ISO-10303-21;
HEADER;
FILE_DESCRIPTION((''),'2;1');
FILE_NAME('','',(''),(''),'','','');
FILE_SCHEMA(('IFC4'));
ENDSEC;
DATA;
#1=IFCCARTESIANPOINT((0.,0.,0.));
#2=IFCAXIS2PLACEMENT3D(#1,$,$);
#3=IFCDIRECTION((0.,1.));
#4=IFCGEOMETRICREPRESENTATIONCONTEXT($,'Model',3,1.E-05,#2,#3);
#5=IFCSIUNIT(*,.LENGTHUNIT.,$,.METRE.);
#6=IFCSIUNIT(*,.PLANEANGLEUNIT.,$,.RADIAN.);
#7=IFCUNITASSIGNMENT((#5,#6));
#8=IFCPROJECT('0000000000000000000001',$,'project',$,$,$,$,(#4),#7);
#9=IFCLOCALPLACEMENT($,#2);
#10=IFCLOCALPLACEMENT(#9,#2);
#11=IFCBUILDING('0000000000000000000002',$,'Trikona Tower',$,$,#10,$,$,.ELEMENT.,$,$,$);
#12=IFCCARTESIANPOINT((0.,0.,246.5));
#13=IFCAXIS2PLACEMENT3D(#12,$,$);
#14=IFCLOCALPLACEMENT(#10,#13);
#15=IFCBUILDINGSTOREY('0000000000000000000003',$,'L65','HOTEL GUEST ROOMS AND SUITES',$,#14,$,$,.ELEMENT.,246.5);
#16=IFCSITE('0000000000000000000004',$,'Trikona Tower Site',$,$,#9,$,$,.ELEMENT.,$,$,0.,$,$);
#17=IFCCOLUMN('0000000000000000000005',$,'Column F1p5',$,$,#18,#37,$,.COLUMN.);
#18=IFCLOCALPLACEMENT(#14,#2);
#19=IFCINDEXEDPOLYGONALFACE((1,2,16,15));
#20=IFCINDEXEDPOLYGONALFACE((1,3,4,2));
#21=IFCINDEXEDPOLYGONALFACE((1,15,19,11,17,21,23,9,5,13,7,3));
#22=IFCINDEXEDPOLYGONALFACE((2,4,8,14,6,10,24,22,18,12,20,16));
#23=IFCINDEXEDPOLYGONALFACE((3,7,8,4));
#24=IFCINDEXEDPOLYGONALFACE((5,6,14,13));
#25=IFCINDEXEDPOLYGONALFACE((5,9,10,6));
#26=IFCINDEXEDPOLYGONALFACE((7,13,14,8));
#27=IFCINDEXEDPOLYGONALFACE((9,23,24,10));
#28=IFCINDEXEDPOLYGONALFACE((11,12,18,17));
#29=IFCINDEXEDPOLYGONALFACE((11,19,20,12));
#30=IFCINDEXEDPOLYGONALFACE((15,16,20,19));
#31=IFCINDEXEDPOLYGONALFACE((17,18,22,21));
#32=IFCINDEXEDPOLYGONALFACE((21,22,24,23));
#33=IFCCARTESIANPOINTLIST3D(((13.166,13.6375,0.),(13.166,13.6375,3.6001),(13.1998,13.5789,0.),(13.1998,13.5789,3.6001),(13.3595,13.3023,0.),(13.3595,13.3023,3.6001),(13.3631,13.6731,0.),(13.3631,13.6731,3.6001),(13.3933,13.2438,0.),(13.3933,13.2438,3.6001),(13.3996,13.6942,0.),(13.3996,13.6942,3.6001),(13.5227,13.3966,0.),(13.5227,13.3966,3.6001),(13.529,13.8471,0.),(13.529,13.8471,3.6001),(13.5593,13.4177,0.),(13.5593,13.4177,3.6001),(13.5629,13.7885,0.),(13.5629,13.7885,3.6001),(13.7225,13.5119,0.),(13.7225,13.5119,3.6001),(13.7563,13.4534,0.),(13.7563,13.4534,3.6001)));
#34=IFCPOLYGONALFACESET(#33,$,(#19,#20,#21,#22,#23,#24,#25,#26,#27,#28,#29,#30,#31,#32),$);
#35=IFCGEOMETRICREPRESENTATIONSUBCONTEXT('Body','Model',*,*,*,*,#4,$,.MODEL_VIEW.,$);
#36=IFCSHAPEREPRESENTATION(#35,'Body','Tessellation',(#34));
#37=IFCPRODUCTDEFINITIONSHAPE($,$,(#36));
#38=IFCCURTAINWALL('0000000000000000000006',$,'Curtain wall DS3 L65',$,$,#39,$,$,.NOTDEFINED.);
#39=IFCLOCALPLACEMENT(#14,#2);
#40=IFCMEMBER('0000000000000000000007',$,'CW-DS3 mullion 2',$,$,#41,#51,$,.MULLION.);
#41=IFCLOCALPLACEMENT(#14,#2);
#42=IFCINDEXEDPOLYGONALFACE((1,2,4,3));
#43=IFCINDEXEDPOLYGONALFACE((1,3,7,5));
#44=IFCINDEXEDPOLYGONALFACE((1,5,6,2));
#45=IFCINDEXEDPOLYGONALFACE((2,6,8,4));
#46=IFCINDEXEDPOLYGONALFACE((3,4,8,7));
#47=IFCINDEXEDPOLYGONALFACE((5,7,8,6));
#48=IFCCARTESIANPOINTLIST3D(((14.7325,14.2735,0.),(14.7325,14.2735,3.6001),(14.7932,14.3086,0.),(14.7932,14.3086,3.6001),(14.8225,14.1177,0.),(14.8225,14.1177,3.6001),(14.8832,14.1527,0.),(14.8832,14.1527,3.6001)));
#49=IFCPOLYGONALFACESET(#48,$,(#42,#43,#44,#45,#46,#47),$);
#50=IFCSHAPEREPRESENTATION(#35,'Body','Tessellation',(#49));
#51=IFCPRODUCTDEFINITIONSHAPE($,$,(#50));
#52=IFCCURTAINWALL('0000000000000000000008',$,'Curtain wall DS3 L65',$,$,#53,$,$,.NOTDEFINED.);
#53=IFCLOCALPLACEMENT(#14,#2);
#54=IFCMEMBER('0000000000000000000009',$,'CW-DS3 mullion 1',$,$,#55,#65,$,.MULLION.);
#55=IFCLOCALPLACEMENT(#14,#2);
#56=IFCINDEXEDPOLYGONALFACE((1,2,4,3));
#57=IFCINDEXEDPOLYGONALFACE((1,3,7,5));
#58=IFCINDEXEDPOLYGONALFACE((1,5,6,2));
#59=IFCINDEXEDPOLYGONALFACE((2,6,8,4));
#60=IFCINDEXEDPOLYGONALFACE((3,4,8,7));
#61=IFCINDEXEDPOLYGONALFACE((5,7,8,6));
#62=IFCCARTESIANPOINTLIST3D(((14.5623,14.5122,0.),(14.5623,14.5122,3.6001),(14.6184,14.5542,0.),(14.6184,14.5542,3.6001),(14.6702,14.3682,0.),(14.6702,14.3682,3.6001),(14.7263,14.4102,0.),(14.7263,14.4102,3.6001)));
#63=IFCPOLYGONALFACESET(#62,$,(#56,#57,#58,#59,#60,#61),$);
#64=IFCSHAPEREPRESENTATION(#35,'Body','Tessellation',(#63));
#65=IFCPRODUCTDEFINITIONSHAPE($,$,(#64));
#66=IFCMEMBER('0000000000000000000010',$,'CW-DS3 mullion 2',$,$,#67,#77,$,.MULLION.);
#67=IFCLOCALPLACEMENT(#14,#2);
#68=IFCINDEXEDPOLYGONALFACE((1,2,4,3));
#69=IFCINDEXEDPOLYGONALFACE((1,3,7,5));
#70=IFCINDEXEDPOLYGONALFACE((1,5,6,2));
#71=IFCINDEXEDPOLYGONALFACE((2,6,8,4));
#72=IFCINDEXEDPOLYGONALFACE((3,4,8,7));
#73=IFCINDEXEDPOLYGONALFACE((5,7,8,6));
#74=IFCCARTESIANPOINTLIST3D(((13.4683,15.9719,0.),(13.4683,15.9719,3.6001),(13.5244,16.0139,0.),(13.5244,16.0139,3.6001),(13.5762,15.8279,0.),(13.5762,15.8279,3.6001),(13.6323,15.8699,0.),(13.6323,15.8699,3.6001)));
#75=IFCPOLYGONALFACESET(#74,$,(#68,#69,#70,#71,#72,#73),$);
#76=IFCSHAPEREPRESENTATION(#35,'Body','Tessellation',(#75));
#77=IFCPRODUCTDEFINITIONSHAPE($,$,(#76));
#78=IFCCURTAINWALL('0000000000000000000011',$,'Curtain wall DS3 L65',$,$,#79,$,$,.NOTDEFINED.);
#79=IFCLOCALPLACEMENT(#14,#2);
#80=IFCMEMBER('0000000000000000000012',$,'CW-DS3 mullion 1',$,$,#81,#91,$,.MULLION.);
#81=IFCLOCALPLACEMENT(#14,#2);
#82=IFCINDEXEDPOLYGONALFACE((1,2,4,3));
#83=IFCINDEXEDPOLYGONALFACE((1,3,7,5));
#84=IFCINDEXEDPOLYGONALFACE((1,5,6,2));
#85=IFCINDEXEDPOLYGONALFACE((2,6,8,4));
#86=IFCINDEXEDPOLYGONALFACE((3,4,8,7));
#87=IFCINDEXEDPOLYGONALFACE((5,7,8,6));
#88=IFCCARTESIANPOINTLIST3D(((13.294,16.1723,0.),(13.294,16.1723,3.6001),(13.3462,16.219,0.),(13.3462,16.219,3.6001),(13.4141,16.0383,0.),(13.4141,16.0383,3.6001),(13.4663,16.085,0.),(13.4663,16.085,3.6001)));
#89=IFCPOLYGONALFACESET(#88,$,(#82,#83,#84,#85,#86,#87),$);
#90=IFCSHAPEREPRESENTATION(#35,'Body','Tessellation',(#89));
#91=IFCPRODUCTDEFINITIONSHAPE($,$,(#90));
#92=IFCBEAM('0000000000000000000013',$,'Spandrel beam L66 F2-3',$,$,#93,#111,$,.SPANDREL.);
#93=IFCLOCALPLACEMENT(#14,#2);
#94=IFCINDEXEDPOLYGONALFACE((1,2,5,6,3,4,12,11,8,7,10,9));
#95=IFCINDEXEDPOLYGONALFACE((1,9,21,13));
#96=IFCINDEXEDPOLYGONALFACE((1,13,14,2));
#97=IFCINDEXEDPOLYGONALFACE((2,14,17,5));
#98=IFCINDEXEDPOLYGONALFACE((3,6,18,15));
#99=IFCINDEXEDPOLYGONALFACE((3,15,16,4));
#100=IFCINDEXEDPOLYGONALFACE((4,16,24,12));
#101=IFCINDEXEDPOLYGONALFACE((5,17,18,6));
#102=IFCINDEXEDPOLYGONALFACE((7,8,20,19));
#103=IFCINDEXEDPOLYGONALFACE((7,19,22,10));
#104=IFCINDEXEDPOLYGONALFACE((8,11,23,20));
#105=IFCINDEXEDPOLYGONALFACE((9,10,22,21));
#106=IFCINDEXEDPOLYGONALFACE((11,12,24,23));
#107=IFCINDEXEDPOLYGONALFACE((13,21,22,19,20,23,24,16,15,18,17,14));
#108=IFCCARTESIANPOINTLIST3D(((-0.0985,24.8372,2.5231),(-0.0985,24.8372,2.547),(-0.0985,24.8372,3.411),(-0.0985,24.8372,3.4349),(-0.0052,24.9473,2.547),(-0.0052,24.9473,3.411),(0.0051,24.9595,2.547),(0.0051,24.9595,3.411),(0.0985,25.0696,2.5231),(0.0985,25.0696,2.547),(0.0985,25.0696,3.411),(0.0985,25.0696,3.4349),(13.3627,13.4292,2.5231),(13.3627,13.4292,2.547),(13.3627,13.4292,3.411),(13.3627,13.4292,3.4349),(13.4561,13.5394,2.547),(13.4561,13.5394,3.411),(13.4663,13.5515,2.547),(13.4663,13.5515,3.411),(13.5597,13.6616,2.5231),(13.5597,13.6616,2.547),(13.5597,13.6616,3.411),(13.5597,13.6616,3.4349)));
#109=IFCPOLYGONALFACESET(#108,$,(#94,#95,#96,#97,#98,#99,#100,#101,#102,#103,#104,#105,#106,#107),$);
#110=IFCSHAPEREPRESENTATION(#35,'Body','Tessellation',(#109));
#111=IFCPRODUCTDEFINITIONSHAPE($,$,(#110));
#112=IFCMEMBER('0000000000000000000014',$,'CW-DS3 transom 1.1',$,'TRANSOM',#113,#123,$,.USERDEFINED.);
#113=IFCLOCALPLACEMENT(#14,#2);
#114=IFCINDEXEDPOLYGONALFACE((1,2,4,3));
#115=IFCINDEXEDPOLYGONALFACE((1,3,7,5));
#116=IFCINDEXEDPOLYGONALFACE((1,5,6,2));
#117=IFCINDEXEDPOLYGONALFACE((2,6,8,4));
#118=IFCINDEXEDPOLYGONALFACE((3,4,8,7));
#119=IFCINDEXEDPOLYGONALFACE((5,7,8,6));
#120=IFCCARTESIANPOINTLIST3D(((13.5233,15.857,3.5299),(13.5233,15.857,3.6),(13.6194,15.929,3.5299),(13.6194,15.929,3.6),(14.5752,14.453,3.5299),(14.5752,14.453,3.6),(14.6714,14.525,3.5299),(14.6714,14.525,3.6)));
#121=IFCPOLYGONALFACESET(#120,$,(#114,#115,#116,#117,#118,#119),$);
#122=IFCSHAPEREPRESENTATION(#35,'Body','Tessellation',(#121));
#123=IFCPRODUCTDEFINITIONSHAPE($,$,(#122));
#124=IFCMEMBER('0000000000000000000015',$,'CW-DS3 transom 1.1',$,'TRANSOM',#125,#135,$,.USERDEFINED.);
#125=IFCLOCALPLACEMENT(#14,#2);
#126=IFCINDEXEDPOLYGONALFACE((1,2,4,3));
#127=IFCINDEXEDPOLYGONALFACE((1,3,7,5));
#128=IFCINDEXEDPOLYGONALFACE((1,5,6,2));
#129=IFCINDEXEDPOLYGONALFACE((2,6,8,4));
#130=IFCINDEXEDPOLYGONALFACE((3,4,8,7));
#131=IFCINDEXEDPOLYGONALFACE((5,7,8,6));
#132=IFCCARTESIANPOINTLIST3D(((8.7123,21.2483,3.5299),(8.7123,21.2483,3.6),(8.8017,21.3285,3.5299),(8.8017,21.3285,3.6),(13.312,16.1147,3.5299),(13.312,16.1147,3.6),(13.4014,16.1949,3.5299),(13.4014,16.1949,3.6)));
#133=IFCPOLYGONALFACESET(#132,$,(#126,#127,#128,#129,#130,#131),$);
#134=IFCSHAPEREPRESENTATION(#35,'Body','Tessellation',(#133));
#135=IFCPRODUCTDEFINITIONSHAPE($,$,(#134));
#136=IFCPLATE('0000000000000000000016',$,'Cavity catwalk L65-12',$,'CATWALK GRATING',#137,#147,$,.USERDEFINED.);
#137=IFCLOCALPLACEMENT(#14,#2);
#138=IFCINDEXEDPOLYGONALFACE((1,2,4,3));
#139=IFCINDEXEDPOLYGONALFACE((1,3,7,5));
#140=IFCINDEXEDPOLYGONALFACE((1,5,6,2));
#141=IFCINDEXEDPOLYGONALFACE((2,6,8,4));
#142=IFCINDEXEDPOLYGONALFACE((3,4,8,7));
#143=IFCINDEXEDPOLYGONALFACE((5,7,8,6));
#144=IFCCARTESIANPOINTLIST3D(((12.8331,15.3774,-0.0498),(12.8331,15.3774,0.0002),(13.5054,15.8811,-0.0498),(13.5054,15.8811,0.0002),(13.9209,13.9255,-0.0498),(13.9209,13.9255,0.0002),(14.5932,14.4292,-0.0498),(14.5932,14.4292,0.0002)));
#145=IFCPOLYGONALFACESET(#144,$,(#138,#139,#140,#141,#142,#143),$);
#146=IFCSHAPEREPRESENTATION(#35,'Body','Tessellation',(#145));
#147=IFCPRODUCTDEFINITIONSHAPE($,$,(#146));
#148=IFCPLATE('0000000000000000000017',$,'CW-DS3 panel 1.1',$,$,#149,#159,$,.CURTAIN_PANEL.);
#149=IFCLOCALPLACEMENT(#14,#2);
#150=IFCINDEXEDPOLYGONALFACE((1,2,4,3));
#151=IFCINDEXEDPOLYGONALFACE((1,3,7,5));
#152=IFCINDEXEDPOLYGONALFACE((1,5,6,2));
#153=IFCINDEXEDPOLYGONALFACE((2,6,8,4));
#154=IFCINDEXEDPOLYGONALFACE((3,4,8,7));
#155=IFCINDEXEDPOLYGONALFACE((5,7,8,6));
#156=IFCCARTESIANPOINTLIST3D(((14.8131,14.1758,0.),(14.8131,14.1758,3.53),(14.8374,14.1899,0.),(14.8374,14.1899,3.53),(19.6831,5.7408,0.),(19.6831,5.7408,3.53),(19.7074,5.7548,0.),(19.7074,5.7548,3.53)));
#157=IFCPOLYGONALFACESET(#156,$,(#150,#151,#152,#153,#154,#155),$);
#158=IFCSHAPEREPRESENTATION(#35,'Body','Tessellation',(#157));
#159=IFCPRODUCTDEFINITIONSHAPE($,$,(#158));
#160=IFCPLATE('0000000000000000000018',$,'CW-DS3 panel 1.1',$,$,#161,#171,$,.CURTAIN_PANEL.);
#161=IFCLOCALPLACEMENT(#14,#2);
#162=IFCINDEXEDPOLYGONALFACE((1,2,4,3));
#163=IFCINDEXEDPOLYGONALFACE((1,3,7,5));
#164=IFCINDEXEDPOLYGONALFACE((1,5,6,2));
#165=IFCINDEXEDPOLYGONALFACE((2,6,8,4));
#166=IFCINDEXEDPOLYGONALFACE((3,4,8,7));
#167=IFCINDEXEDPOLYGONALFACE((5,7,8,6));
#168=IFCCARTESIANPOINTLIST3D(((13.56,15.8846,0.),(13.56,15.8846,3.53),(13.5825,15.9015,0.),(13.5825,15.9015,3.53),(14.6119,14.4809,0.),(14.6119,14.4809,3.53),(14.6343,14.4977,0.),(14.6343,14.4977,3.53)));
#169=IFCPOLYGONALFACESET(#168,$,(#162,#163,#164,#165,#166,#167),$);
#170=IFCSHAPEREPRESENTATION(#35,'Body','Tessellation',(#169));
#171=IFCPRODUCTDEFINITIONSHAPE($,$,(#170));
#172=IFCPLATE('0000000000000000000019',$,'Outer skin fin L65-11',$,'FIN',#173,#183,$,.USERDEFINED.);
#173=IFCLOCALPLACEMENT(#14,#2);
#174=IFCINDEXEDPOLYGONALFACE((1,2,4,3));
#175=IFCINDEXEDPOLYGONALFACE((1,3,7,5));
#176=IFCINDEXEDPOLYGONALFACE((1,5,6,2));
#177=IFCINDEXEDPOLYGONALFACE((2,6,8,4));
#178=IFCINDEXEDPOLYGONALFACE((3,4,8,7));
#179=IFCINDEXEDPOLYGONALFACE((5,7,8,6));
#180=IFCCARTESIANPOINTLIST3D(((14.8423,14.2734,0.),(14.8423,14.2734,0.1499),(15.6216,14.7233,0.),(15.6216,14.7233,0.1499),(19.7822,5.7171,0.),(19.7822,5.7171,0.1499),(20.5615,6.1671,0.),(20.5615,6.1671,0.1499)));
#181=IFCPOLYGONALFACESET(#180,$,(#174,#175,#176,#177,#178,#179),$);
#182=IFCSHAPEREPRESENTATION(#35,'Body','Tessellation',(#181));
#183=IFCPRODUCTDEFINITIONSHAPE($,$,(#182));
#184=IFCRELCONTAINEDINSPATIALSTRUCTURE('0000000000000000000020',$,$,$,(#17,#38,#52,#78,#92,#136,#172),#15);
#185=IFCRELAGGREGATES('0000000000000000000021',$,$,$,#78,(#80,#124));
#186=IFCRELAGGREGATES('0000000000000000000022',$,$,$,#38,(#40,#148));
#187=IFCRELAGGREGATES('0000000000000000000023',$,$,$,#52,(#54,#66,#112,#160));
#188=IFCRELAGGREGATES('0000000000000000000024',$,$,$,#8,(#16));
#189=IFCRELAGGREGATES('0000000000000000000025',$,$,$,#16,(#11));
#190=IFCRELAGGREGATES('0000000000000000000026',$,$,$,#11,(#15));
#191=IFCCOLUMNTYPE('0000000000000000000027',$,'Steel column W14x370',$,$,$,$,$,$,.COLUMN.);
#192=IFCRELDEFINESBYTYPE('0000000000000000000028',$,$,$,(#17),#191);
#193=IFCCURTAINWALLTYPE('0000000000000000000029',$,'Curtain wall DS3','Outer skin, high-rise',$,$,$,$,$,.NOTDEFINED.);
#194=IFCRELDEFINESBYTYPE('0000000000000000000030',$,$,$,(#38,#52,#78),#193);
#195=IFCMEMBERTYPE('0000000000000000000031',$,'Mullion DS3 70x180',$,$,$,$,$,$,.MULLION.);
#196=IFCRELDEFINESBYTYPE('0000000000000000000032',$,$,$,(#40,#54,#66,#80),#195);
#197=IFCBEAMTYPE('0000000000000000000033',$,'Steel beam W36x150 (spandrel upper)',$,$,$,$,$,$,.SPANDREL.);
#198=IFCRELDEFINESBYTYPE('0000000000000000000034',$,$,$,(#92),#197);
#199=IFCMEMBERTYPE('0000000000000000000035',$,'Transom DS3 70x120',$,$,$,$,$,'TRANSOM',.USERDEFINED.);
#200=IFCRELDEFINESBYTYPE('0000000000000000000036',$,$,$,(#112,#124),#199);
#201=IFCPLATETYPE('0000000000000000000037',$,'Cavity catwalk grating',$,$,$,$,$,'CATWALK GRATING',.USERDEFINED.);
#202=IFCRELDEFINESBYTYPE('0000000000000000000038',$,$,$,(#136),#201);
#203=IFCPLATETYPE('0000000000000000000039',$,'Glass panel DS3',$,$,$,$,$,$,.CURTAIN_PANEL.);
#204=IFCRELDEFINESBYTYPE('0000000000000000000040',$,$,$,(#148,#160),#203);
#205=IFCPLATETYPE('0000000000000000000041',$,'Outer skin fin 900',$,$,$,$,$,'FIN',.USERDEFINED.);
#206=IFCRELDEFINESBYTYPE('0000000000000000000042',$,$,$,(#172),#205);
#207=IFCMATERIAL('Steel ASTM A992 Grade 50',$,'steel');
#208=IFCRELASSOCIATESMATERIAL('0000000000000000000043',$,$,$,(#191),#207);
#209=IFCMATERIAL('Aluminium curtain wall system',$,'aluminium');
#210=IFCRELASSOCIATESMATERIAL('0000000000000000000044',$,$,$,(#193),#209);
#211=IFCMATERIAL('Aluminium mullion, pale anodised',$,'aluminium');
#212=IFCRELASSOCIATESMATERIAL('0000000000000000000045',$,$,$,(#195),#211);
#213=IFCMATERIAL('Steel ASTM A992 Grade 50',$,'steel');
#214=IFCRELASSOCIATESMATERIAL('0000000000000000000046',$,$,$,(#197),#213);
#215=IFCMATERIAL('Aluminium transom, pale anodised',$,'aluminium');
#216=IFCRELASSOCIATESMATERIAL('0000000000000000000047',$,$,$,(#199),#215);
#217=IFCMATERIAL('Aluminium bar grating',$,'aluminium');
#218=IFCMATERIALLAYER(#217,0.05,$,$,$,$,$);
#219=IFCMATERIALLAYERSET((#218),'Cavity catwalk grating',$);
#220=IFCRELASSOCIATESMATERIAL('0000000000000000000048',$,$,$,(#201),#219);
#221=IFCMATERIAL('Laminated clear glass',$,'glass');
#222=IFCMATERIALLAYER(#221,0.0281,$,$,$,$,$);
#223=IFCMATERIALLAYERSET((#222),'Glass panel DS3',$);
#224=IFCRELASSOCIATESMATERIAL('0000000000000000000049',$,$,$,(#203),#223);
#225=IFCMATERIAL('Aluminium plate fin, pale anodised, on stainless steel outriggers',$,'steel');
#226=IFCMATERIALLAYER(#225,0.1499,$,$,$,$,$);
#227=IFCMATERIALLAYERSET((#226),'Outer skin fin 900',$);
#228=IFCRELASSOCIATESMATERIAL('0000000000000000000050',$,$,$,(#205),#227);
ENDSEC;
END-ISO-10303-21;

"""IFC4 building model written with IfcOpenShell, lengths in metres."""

from ifc_helpers import new_model, si_unit, direction, frame, origin, origin_2d, place, context, subcontext, project, spatial, rectangle, i_section, extrude, material, layer, layer_set, material_profile, profile_set, type_object, element, aggregate, save


model = new_model("IFC4")

# Units and contexts
model_context = context("Model", 3, precision=1e-05, world=origin(), true_north=direction((0.0, 1.0)))
body_context = subcontext(model_context, "Body", "Model", "MODEL_VIEW")
ifc_project = project(units=[si_unit("LENGTHUNIT", "METRE"), si_unit("PLANEANGLEUNIT", "RADIAN")], contexts=[model_context])

# Site, building, storey
site_placement = place(None, origin())
site = spatial("IfcSite", under=ifc_project, at=site_placement, Name="Trikona Tower Site", CompositionType="ELEMENT", RefElevation=0.0)
building_placement = place(site_placement, origin())
building = spatial("IfcBuilding", under=site, at=building_placement, Name="Trikona Tower", CompositionType="ELEMENT")
storey_placement = place(building_placement, frame((0.0, 0.0, 246.5)))
storey = spatial("IfcBuildingStorey", under=building, at=storey_placement, Name="L65", Description="HOTEL GUEST ROOMS AND SUITES", CompositionType="ELEMENT", Elevation=246.5)

# Column
ifc_material_1 = material(Name="Steel ASTM A992 Grade 50", Category="steel")
ifc_material_profile_1 = material_profile(ifc_material_1, i_section(OverallWidth=0.4192, OverallDepth=0.4546, WebThickness=0.0422, FlangeThickness=0.0676, at=origin_2d()), Name="W14X370")
ifc_profile_set_1 = profile_set([ifc_material_profile_1], Name="Steel ASTM A992 Grade 50")
column_type = type_object("IfcColumnType", Name="Steel column W14x370", PredefinedType="COLUMN", material=ifc_profile_set_1)
column_placement = place(storey_placement, frame((13.4612, 13.5454, 0.0), z_axis=(0.0, 0.0, 1.0), x_axis=(0.866025, 0.5, 0.0)))
element("IfcColumn", 1, at=column_placement, inside=storey, type_object=column_type, Name="Column F1p5", PredefinedType="COLUMN", context=body_context, shape_type="SweptSolid", body=[
    extrude(i_section(OverallWidth=0.4192, OverallDepth=0.4546, WebThickness=0.0422, FlangeThickness=0.0676, at=origin_2d()), origin(), (0.0, 0.0, 1.0), 3.6001),
])

# Curtain wall, member
ifc_material_2 = material(Name="Aluminium curtain wall system", Category="aluminium")
curtain_wall_type = type_object("IfcCurtainWallType", Name="Curtain wall DS3", Description="Outer skin, high-rise", PredefinedType="NOTDEFINED", material=ifc_material_2)
curtain_wall_1_placement = place(storey_placement, origin())
curtain_wall_1 = element("IfcCurtainWall", 2, at=curtain_wall_1_placement, inside=storey, type_object=curtain_wall_type, Name="Curtain wall DS3 L65", PredefinedType="NOTDEFINED")
ifc_material_3 = material(Name="Aluminium mullion, pale anodised", Category="aluminium")
ifc_material_profile_2 = material_profile(ifc_material_3, rectangle(XDim=0.0701, YDim=0.1799, at=origin_2d()), Name="MUL-DS3")
ifc_profile_set_2 = profile_set([ifc_material_profile_2], Name="Aluminium mullion, pale anodised")
member_type_1 = type_object("IfcMemberType", Name="Mullion DS3 70x180", PredefinedType="MULLION", material=ifc_profile_set_2)
member_1_placement = place(storey_placement, frame((14.8079, 14.2131, 0.0), z_axis=(0.0, 0.0, 1.0), x_axis=(-0.866025, -0.500001, 0.0)))
member_1 = element("IfcMember", 3, at=member_1_placement, type_object=member_type_1, Name="CW-DS3 mullion 2", PredefinedType="MULLION", context=body_context, shape_type="SweptSolid", body=[
    extrude(rectangle(XDim=0.0701, YDim=0.1799, at=origin_2d()), origin(), (0.0, 0.0, 1.0), 3.6001),
])

# Curtain wall, members
curtain_wall_2_placement = place(storey_placement, origin())
curtain_wall_2 = element("IfcCurtainWall", 4, at=curtain_wall_2_placement, inside=storey, type_object=curtain_wall_type, Name="Curtain wall DS3 L65", PredefinedType="NOTDEFINED")
member_2_placement = place(storey_placement, frame((14.6443, 14.4612, 0.0), z_axis=(0.0, 0.0, 1.0), x_axis=(-0.80026, -0.599654, 0.0)))
member_2 = element("IfcMember", 5, at=member_2_placement, type_object=member_type_1, Name="CW-DS3 mullion 1", PredefinedType="MULLION", context=body_context, shape_type="SweptSolid", body=[
    extrude(rectangle(XDim=0.0701, YDim=0.1799, at=origin_2d()), origin(), (0.0, 0.0, 1.0), 3.6001),
])
member_3_placement = place(storey_placement, frame((13.5503, 15.9209, 0.0), z_axis=(0.0, 0.0, 1.0), x_axis=(-0.80026, -0.599654, 0.0)))
member_3 = element("IfcMember", 6, at=member_3_placement, type_object=member_type_1, Name="CW-DS3 mullion 2", PredefinedType="MULLION", context=body_context, shape_type="SweptSolid", body=[
    extrude(rectangle(XDim=0.0701, YDim=0.1799, at=origin_2d()), origin(), (0.0, 0.0, 1.0), 3.6001),
])

# Curtain wall, member
curtain_wall_3_placement = place(storey_placement, origin())
curtain_wall_3 = element("IfcCurtainWall", 7, at=curtain_wall_3_placement, inside=storey, type_object=curtain_wall_type, Name="Curtain wall DS3 L65", PredefinedType="NOTDEFINED")
member_4_placement = place(storey_placement, frame((13.3801, 16.1287, 0.0), z_axis=(0.0, 0.0, 1.0), x_axis=(-0.744771, -0.66732, 0.0)))
member_4 = element("IfcMember", 8, at=member_4_placement, type_object=member_type_1, Name="CW-DS3 mullion 1", PredefinedType="MULLION", context=body_context, shape_type="SweptSolid", body=[
    extrude(rectangle(XDim=0.0701, YDim=0.1799, at=origin_2d()), origin(), (0.0, 0.0, 1.0), 3.6001),
])

# Beam
ifc_material_4 = material(Name="Steel ASTM A992 Grade 50", Category="steel")
ifc_material_profile_3 = material_profile(ifc_material_4, i_section(OverallWidth=0.3047, OverallDepth=0.9119, WebThickness=0.0159, FlangeThickness=0.0239, at=origin_2d()), Name="W36X150")
ifc_profile_set_3 = profile_set([ifc_material_profile_3], Name="Steel ASTM A992 Grade 50")
beam_type = type_object("IfcBeamType", Name="Steel beam W36x150 (spandrel upper)", PredefinedType="SPANDREL", material=ifc_profile_set_3)
beam_placement = place(storey_placement, frame((13.4612, 13.5454, 2.979), z_axis=(-0.762891, 0.646528, 0.0), x_axis=(-0.646528, -0.762891, 0.0)))
element("IfcBeam", 9, at=beam_placement, inside=storey, type_object=beam_type, Name="Spandrel beam L66 F2-3", PredefinedType="SPANDREL", context=body_context, shape_type="SweptSolid", body=[
    extrude(i_section(OverallWidth=0.3047, OverallDepth=0.9119, WebThickness=0.0159, FlangeThickness=0.0239, at=origin_2d()), origin(), (0.0, 0.0, 1.0), 17.645),
])

# Members
ifc_material_5 = material(Name="Aluminium transom, pale anodised", Category="aluminium")
ifc_material_profile_4 = material_profile(ifc_material_5, rectangle(XDim=0.1201, YDim=0.0701, at=origin_2d()), Name="TRN-DS3")
ifc_profile_set_4 = profile_set([ifc_material_profile_4], Name="Aluminium transom, pale anodised")
member_type_2 = type_object("IfcMemberType", Name="Transom DS3 70x120", ElementType="TRANSOM", PredefinedType="USERDEFINED", material=ifc_profile_set_4)
member_5_placement = place(storey_placement, frame((14.6233, 14.489, 3.5649), z_axis=(-0.599621, 0.800284, 0.0), x_axis=(-0.800284, -0.599621, 0.0)))
member_5 = element("IfcMember", 10, at=member_5_placement, type_object=member_type_2, Name="CW-DS3 transom 1.1", ObjectType="TRANSOM", PredefinedType="USERDEFINED", context=body_context, shape_type="SweptSolid", body=[
    extrude(rectangle(XDim=0.1201, YDim=0.0701, at=origin_2d()), origin(), (0.0, 0.0, 1.0), 1.7544),
])
member_6_placement = place(storey_placement, frame((13.3567, 16.1548, 3.5649), z_axis=(-0.667313, 0.744777, 0.0), x_axis=(-0.744777, -0.667313, 0.0)))
member_6 = element("IfcMember", 11, at=member_6_placement, type_object=member_type_2, Name="CW-DS3 transom 1.1", ObjectType="TRANSOM", PredefinedType="USERDEFINED", context=body_context, shape_type="SweptSolid", body=[
    extrude(rectangle(XDim=0.1201, YDim=0.0701, at=origin_2d()), origin(), (0.0, 0.0, 1.0), 6.8928),
])
aggregate(curtain_wall_3, [member_4, member_6])

# Plates
ifc_material_6 = material(Name="Aluminium bar grating", Category="aluminium")
ifc_layer_1 = layer(ifc_material_6, 0.05)
ifc_layer_set_1 = layer_set([ifc_layer_1], Name="Cavity catwalk grating")
plate_type_1 = type_object("IfcPlateType", Name="Cavity catwalk grating", ElementType="CATWALK GRATING", PredefinedType="USERDEFINED", material=ifc_layer_set_1)
plate_1_placement = place(storey_placement, frame((13.7131, 14.9033, -0.0498), z_axis=(0.0, 0.0, 1.0), x_axis=(-0.599619, 0.800286, 0.0)))
element("IfcPlate", 12, at=plate_1_placement, inside=storey, type_object=plate_type_1, Name="Cavity catwalk L65-12", ObjectType="CATWALK GRATING", PredefinedType="USERDEFINED", context=body_context, shape_type="SweptSolid", body=[
    extrude(rectangle(XDim=1.8142, YDim=0.8401, at=origin_2d()), origin(), (0.0, 0.0, 1.0), 0.05),
])
ifc_material_7 = material(Name="Laminated clear glass", Category="glass")
ifc_layer_2 = layer(ifc_material_7, 0.0281)
ifc_layer_set_2 = layer_set([ifc_layer_2], Name="Glass panel DS3")
plate_type_2 = type_object("IfcPlateType", Name="Glass panel DS3", PredefinedType="CURTAIN_PANEL", material=ifc_layer_set_2)
plate_2_placement = place(storey_placement, frame((17.2603, 9.9653, 0.0), z_axis=(0.0, 0.0, 1.0), x_axis=(-0.500001, 0.866025, 0.0)))
plate_2 = element("IfcPlate", 13, at=plate_2_placement, type_object=plate_type_2, Name="CW-DS3 panel 1.1", PredefinedType="CURTAIN_PANEL", context=body_context, shape_type="SweptSolid", body=[
    extrude(rectangle(XDim=9.74, YDim=0.0281, at=origin_2d()), origin(), (0.0, 0.0, 1.0), 3.53),
])
aggregate(curtain_wall_1, [member_1, plate_2])
plate_3_placement = place(storey_placement, frame((14.0972, 15.1912, 0.0), z_axis=(0.0, 0.0, 1.0), x_axis=(-0.599654, 0.80026, 0.0)))
plate_3 = element("IfcPlate", 14, at=plate_3_placement, type_object=plate_type_2, Name="CW-DS3 panel 1.1", PredefinedType="CURTAIN_PANEL", context=body_context, shape_type="SweptSolid", body=[
    extrude(rectangle(XDim=1.7542, YDim=0.0281, at=origin_2d()), origin(), (0.0, 0.0, 1.0), 3.53),
])
aggregate(curtain_wall_2, [member_2, member_3, member_5, plate_3])

# Plate
ifc_material_8 = material(Name="Aluminium plate fin, pale anodised, on stainless steel outriggers", Category="steel")
ifc_layer_3 = layer(ifc_material_8, 0.1499)
ifc_layer_set_3 = layer_set([ifc_layer_3], Name="Outer skin fin 900")
plate_type_3 = type_object("IfcPlateType", Name="Outer skin fin 900", ElementType="FIN", PredefinedType="USERDEFINED", material=ifc_layer_set_3)
plate_4_placement = place(storey_placement, frame((17.7019, 10.2202, 0.0), z_axis=(0.0, 0.0, 1.0), x_axis=(-0.499998, 0.866026, 0.0)))
element("IfcPlate", 15, at=plate_4_placement, inside=storey, type_object=plate_type_3, Name="Outer skin fin L65-11", ObjectType="FIN", PredefinedType="USERDEFINED", context=body_context, shape_type="SweptSolid", body=[
    extrude(rectangle(XDim=9.8799, YDim=0.8999, at=origin_2d()), origin(), (0.0, 0.0, 1.0), 0.1499),
])

save(model, "model.ifc")
